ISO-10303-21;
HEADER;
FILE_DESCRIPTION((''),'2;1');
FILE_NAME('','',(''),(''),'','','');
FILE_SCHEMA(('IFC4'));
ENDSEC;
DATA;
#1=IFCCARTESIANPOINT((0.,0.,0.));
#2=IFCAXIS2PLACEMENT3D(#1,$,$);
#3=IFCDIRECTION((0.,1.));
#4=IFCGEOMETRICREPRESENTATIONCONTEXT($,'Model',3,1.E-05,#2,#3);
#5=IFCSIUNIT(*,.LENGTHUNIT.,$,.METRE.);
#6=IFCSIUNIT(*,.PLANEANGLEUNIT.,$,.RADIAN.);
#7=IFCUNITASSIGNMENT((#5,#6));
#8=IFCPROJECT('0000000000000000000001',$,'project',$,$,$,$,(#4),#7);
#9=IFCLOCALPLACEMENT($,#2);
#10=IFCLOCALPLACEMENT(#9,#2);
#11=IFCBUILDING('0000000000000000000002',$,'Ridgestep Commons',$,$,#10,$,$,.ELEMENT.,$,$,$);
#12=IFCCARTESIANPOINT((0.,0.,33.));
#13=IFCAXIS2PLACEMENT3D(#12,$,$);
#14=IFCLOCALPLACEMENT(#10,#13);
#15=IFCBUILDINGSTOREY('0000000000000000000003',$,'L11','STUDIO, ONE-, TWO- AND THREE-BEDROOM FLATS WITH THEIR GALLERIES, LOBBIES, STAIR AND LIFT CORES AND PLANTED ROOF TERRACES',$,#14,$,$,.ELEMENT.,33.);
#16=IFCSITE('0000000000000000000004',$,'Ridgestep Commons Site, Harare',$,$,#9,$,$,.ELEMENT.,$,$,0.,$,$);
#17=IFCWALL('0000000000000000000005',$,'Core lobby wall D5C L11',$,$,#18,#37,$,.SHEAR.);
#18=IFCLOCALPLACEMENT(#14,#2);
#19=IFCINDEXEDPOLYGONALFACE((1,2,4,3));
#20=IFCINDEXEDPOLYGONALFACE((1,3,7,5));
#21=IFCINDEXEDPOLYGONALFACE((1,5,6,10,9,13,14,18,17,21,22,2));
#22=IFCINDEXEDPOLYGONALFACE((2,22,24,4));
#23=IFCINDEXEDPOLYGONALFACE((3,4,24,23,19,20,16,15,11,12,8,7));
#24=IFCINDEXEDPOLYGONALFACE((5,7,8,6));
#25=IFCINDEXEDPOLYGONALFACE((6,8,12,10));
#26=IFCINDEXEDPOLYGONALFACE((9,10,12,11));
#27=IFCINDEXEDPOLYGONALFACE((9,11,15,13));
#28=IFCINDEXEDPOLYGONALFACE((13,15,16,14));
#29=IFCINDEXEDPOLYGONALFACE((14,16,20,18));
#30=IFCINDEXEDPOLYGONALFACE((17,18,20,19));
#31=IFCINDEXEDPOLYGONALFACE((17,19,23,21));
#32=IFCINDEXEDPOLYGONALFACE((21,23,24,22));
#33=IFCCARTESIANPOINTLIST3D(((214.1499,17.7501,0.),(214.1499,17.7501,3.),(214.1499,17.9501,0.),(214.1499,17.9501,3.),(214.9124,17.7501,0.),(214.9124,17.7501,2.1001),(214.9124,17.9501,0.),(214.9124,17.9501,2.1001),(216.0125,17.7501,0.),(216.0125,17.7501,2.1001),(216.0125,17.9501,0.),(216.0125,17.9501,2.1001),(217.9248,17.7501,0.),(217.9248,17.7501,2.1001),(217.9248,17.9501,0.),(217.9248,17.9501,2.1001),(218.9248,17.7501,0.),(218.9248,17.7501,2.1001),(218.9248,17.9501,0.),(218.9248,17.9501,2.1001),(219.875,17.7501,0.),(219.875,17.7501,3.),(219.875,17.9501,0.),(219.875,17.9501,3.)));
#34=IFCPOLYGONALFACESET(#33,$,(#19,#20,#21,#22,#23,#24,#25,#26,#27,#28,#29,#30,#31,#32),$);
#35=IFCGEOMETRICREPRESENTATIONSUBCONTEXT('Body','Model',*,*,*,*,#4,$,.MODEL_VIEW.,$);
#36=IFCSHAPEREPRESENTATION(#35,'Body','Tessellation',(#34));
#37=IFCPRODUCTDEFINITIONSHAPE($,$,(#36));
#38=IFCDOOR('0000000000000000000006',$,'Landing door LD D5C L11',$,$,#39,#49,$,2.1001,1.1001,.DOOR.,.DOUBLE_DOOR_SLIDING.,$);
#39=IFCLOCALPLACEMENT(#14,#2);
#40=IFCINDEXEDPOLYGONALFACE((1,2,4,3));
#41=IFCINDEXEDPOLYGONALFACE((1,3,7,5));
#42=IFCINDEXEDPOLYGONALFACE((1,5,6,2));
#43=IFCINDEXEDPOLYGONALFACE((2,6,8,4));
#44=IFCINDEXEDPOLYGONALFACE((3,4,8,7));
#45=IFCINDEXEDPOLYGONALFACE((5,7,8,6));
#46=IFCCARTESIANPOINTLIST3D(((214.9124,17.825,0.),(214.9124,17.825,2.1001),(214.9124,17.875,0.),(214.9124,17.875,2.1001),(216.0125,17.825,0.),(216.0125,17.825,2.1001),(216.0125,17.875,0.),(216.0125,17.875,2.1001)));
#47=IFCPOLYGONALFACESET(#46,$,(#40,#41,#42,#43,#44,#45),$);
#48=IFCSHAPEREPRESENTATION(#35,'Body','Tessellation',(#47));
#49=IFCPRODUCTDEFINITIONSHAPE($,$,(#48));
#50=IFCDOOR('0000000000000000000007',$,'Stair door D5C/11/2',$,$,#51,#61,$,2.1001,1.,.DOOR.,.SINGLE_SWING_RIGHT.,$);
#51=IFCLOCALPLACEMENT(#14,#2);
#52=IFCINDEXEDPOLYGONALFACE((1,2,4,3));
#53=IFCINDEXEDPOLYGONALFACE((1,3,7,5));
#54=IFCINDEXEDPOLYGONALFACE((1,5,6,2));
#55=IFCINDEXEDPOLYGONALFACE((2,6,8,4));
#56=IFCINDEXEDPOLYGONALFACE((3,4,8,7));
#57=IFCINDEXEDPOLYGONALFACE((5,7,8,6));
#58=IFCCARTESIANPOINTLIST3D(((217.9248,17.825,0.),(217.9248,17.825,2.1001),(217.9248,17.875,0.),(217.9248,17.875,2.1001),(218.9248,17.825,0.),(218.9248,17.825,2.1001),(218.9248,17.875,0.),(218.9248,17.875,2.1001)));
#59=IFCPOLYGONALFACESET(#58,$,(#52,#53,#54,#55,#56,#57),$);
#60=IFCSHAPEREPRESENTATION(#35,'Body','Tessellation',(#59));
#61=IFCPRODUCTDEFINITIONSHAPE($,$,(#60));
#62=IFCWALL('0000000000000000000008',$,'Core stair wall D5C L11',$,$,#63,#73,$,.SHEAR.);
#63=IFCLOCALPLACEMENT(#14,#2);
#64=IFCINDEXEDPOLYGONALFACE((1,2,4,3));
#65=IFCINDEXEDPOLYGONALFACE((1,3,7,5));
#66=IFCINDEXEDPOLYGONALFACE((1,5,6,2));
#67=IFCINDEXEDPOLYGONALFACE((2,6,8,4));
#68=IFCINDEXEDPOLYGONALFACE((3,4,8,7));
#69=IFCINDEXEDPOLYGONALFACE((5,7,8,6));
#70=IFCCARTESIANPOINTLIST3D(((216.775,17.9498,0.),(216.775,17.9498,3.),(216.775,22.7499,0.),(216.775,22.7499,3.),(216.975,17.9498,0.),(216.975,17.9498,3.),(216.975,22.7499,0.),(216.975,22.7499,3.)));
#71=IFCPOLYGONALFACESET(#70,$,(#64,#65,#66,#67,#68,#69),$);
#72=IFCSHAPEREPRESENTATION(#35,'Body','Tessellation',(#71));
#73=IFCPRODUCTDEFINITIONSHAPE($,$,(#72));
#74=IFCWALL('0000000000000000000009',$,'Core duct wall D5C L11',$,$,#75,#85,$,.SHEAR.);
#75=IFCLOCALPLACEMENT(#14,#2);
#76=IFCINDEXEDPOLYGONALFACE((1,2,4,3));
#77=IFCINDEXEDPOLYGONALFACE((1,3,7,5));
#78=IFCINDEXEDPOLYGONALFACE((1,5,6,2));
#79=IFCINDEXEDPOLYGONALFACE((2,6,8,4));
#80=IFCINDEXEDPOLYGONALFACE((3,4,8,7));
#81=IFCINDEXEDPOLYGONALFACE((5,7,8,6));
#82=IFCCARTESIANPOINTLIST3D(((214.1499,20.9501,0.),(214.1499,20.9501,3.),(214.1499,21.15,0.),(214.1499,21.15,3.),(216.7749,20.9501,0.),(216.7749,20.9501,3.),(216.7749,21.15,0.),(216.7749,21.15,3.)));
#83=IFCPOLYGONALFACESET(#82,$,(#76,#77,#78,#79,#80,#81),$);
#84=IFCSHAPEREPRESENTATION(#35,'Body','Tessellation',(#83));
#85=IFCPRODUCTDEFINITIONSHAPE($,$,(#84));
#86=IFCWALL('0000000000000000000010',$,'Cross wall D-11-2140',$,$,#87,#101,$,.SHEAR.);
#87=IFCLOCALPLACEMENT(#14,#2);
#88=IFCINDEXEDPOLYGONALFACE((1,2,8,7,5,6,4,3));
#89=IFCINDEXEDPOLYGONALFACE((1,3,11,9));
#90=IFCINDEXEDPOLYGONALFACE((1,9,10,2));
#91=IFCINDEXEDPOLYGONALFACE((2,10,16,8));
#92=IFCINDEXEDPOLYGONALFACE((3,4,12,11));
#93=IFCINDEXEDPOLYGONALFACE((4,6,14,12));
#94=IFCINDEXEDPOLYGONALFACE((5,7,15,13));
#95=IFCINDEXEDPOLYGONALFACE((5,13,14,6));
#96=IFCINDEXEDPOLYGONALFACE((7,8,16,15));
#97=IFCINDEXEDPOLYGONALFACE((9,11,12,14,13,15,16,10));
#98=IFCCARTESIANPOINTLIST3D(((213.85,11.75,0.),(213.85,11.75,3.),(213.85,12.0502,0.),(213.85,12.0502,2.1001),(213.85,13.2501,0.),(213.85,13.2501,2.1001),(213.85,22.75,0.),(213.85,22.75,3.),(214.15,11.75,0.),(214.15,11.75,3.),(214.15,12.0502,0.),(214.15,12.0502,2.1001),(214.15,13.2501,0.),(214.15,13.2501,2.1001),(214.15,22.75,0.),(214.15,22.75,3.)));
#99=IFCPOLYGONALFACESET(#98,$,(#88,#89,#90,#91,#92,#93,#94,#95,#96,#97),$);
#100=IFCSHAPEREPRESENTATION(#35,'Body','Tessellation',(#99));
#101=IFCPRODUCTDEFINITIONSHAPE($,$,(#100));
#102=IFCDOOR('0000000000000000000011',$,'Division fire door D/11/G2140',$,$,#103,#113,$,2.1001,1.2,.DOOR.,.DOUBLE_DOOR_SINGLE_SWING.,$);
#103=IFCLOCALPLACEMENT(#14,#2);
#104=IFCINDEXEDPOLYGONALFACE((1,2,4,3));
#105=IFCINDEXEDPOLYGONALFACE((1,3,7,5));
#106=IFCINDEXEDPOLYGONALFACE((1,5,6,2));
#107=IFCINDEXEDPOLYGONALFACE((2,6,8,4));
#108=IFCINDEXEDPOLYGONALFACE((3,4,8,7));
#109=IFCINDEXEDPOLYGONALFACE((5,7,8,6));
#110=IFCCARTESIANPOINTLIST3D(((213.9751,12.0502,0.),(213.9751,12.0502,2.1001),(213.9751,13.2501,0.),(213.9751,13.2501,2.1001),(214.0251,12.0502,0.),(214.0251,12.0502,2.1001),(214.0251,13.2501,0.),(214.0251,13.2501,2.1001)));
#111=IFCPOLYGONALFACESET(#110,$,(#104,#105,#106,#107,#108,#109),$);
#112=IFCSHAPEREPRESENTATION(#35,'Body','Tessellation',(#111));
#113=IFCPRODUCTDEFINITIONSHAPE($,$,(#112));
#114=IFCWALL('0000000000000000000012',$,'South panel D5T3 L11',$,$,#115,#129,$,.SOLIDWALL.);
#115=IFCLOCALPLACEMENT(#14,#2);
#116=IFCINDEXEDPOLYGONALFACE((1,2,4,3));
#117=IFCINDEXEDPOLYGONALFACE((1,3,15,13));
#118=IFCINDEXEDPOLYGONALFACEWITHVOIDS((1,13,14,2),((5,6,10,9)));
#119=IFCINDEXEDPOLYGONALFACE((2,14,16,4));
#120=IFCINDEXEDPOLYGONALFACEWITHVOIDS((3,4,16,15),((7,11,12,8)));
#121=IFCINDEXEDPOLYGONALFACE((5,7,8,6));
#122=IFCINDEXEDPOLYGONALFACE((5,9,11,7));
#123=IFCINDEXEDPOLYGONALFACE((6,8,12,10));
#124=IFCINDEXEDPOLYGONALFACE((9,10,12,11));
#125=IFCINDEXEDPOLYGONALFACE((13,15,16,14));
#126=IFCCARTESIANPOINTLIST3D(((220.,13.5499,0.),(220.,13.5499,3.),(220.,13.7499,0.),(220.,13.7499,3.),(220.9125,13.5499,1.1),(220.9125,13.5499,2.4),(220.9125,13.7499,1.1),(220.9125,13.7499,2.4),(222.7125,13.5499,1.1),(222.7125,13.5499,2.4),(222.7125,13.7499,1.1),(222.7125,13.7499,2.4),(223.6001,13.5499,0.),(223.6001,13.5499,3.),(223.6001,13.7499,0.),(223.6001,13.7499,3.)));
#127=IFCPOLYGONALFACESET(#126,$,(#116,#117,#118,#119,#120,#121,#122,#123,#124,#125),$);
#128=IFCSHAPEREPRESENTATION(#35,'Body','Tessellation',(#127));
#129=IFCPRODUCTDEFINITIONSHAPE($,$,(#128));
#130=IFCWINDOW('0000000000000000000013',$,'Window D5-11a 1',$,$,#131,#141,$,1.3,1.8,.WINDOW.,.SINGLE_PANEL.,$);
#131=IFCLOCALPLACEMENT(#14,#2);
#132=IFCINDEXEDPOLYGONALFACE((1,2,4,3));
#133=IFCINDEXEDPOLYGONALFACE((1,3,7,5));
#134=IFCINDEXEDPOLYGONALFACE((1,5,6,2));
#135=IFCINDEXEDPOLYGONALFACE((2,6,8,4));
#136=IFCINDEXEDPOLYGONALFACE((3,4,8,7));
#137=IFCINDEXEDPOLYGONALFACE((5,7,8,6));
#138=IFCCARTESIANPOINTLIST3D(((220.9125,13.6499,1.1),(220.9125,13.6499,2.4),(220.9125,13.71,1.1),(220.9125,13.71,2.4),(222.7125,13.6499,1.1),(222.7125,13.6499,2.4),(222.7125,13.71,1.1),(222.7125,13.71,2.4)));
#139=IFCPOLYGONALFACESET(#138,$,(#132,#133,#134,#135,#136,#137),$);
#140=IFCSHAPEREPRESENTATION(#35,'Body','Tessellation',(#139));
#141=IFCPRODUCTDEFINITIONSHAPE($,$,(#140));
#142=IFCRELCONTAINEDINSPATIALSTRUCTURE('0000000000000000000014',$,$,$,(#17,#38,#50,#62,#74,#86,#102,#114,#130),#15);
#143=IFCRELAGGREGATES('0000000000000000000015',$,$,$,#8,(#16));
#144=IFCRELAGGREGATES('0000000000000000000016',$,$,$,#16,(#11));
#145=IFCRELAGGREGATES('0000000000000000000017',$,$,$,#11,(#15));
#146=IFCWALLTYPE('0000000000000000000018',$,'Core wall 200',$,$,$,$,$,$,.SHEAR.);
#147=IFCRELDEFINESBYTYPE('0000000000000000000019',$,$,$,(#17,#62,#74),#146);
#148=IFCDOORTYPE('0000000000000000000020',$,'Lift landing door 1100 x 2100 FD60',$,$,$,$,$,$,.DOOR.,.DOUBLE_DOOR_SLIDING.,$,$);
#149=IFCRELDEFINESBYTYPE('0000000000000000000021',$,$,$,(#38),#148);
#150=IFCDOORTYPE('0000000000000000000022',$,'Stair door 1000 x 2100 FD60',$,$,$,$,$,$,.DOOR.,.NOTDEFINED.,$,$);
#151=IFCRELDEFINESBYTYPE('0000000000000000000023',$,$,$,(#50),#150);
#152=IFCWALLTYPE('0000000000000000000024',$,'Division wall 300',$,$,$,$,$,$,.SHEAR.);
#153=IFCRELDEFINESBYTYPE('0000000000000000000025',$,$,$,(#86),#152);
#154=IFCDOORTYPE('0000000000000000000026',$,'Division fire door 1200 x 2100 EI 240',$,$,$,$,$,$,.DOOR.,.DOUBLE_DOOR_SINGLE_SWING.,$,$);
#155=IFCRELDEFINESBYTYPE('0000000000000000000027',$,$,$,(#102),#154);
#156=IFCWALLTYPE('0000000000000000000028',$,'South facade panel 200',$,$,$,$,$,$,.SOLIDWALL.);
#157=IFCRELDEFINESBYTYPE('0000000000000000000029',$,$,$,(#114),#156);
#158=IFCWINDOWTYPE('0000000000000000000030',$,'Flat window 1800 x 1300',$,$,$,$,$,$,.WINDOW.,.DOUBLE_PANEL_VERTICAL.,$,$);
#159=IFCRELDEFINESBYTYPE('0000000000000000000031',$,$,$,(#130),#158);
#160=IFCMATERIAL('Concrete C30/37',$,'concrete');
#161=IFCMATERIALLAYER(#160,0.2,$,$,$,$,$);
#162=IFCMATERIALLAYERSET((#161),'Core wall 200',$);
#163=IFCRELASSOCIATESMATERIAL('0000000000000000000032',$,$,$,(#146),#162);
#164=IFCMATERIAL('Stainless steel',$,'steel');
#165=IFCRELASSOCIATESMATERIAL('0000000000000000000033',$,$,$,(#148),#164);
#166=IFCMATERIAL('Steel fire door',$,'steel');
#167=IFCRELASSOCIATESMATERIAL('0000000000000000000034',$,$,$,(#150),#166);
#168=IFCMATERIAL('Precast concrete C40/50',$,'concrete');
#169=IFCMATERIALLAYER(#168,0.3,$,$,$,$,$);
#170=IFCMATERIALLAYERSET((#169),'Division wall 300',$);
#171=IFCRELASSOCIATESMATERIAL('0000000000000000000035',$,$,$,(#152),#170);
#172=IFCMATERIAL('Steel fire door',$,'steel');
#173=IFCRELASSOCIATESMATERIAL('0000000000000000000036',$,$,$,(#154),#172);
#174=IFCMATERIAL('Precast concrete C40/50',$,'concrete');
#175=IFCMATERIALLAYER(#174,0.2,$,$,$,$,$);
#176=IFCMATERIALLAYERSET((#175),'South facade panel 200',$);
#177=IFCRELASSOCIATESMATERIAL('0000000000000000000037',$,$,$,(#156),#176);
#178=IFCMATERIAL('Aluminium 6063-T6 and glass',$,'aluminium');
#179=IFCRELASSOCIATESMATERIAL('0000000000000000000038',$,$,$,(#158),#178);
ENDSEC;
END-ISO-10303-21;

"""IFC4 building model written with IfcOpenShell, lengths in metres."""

from ifc_helpers import new_model, si_unit, direction, frame, frame_2d, origin, place, context, subcontext, project, spatial, rectangle, extrude, material, layer, layer_set, type_object, element, fill, save


model = new_model("IFC4")

# Units and contexts
model_context = context("Model", 3, precision=1e-05, world=origin(), true_north=direction((0.0, 1.0)))
body_context = subcontext(model_context, "Body", "Model", "MODEL_VIEW")
ifc_project = project(units=[si_unit("LENGTHUNIT", "METRE"), si_unit("PLANEANGLEUNIT", "RADIAN")], contexts=[model_context])

# Site, building, storey
site_placement = place(None, origin())
site = spatial("IfcSite", under=ifc_project, at=site_placement, Name="Ridgestep Commons Site, Harare", CompositionType="ELEMENT", RefElevation=0.0)
building_placement = place(site_placement, origin())
building = spatial("IfcBuilding", under=site, at=building_placement, Name="Ridgestep Commons", CompositionType="ELEMENT")
storey_placement = place(building_placement, frame((0.0, 0.0, 33.0)))
storey = spatial("IfcBuildingStorey", under=building, at=storey_placement, Name="L11", Description="STUDIO, ONE-, TWO- AND THREE-BEDROOM FLATS WITH THEIR GALLERIES, LOBBIES, STAIR AND LIFT CORES AND PLANTED ROOF TERRACES", CompositionType="ELEMENT", Elevation=33.0)

# Wall, openings, doors
ifc_material_1 = material(Name="Concrete C30/37", Category="concrete")
ifc_layer_1 = layer(ifc_material_1, 0.2)
ifc_layer_set_1 = layer_set([ifc_layer_1], Name="Core wall 200")
wall_type_1 = type_object("IfcWallType", Name="Core wall 200", PredefinedType="SHEAR", material=ifc_layer_set_1)
wall_1_placement = place(storey_placement, frame((214.1499, 17.8501, 0.0), z_axis=(0.0, 0.0, 1.0), x_axis=(1.0, 0.0, 0.0)))
wall_1 = element("IfcWall", 1, at=wall_1_placement, inside=storey, type_object=wall_type_1, Name="Core lobby wall D5C L11", PredefinedType="SHEAR", context=body_context, shape_type="SweptSolid", body=[
    extrude(rectangle(XDim=5.7251, YDim=0.2, at=frame_2d((2.8625, 0.0))), origin(), (0.0, 0.0, 1.0), 3.0),
])
opening_1_placement = place(wall_1_placement, frame((3.7749, 0.0, 0.0)))
opening_1 = element("IfcOpeningElement", 2, at=opening_1_placement, cuts=wall_1, PredefinedType="OPENING", context=body_context, shape_type="SweptSolid", body=[
    extrude(rectangle(XDim=1.0, YDim=2.1001, at=frame_2d((0.5, 1.05))), frame((0.0, 0.1099, 0.0), z_axis=(0.0, -1.0, 0.0), x_axis=(1.0, 0.0, 0.0)), (0.0, 0.0, 1.0), 0.22),
])
opening_2_placement = place(wall_1_placement, frame((0.7625, 0.0, 0.0)))
opening_2 = element("IfcOpeningElement", 3, at=opening_2_placement, cuts=wall_1, PredefinedType="OPENING", context=body_context, shape_type="SweptSolid", body=[
    extrude(rectangle(XDim=1.1001, YDim=2.1001, at=frame_2d((0.55, 1.05))), frame((0.0, 0.1099, 0.0), z_axis=(0.0, -1.0, 0.0), x_axis=(1.0, 0.0, 0.0)), (0.0, 0.0, 1.0), 0.22),
])
ifc_material_2 = material(Name="Stainless steel", Category="steel")
door_type_1 = type_object("IfcDoorType", Name="Lift landing door 1100 x 2100 FD60", OperationType="DOUBLE_DOOR_SLIDING", PredefinedType="DOOR", material=ifc_material_2)
door_1_placement = place(opening_2_placement, origin())
door_1 = element("IfcDoor", 4, at=door_1_placement, inside=storey, type_object=door_type_1, Name="Landing door LD D5C L11", OperationType="DOUBLE_DOOR_SLIDING", OverallHeight=2.1001, OverallWidth=1.1001, PredefinedType="DOOR", context=body_context, shape_type="SweptSolid", body=[
    extrude(rectangle(XDim=1.1001, YDim=2.1001, at=frame_2d((0.55, 1.05))), frame((0.0, 0.0249, 0.0), z_axis=(0.0, -1.0, 0.0), x_axis=(1.0, 0.0, 0.0)), (0.0, 0.0, 1.0), 0.05),
])
fill(opening_2, door_1)
ifc_material_3 = material(Name="Steel fire door", Category="steel")
door_type_2 = type_object("IfcDoorType", Name="Stair door 1000 x 2100 FD60", OperationType="NOTDEFINED", PredefinedType="DOOR", material=ifc_material_3)
door_2_placement = place(opening_1_placement, origin())
door_2 = element("IfcDoor", 5, at=door_2_placement, inside=storey, type_object=door_type_2, Name="Stair door D5C/11/2", OperationType="SINGLE_SWING_RIGHT", OverallHeight=2.1001, OverallWidth=1.0, PredefinedType="DOOR", context=body_context, shape_type="SweptSolid", body=[
    extrude(rectangle(XDim=1.0, YDim=2.1001, at=frame_2d((0.5, 1.05))), frame((0.0, 0.0249, 0.0), z_axis=(0.0, -1.0, 0.0), x_axis=(1.0, 0.0, 0.0)), (0.0, 0.0, 1.0), 0.05),
])
fill(opening_1, door_2)

# Walls
wall_2_placement = place(storey_placement, frame((216.875, 17.95, 0.0), z_axis=(0.0, 0.0, 1.0), x_axis=(0.0, 1.0, 0.0)))
element("IfcWall", 6, at=wall_2_placement, inside=storey, type_object=wall_type_1, Name="Core stair wall D5C L11", PredefinedType="SHEAR", context=body_context, shape_type="SweptSolid", body=[
    extrude(rectangle(XDim=4.8, YDim=0.2, at=frame_2d((2.3999, 0.0))), origin(), (0.0, 0.0, 1.0), 3.0),
])
wall_3_placement = place(storey_placement, frame((214.1499, 21.05, 0.0), z_axis=(0.0, 0.0, 1.0), x_axis=(1.0, 0.0, 0.0)))
element("IfcWall", 7, at=wall_3_placement, inside=storey, type_object=wall_type_1, Name="Core duct wall D5C L11", PredefinedType="SHEAR", context=body_context, shape_type="SweptSolid", body=[
    extrude(rectangle(XDim=2.625, YDim=0.2, at=frame_2d((1.3125, 0.0))), origin(), (0.0, 0.0, 1.0), 3.0),
])

# Wall, opening, door
ifc_material_4 = material(Name="Precast concrete C40/50", Category="concrete")
ifc_layer_2 = layer(ifc_material_4, 0.3)
ifc_layer_set_2 = layer_set([ifc_layer_2], Name="Division wall 300")
wall_type_2 = type_object("IfcWallType", Name="Division wall 300", PredefinedType="SHEAR", material=ifc_layer_set_2)
wall_4_placement = place(storey_placement, frame((214.0, 11.75, 0.0), z_axis=(0.0, 0.0, 1.0), x_axis=(0.0, 1.0, 0.0)))
wall_4 = element("IfcWall", 8, at=wall_4_placement, inside=storey, type_object=wall_type_2, Name="Cross wall D-11-2140", PredefinedType="SHEAR", context=body_context, shape_type="SweptSolid", body=[
    extrude(rectangle(XDim=11.0, YDim=0.3, at=frame_2d((5.5, 0.0))), origin(), (0.0, 0.0, 1.0), 3.0),
])
opening_3_placement = place(wall_4_placement, frame((0.3, 0.0, 0.0)))
opening_3 = element("IfcOpeningElement", 9, at=opening_3_placement, cuts=wall_4, PredefinedType="OPENING", context=body_context, shape_type="SweptSolid", body=[
    extrude(rectangle(XDim=1.2, YDim=2.1001, at=frame_2d((0.6001, 1.05))), frame((0.0, 0.1599, 0.0), z_axis=(0.0, -1.0, 0.0), x_axis=(1.0, 0.0, 0.0)), (0.0, 0.0, 1.0), 0.3201),
])
ifc_material_5 = material(Name="Steel fire door", Category="steel")
door_type_3 = type_object("IfcDoorType", Name="Division fire door 1200 x 2100 EI 240", OperationType="DOUBLE_DOOR_SINGLE_SWING", PredefinedType="DOOR", material=ifc_material_5)
door_3_placement = place(opening_3_placement, origin())
door_3 = element("IfcDoor", 10, at=door_3_placement, inside=storey, type_object=door_type_3, Name="Division fire door D/11/G2140", OperationType="DOUBLE_DOOR_SINGLE_SWING", OverallHeight=2.1001, OverallWidth=1.2, PredefinedType="DOOR", context=body_context, shape_type="SweptSolid", body=[
    extrude(rectangle(XDim=1.2, YDim=2.1001, at=frame_2d((0.6001, 1.05))), frame((0.0, 0.0249, 0.0), z_axis=(0.0, -1.0, 0.0), x_axis=(1.0, 0.0, 0.0)), (0.0, 0.0, 1.0), 0.05),
])
fill(opening_3, door_3)

# Wall, opening, window
ifc_material_6 = material(Name="Precast concrete C40/50", Category="concrete")
ifc_layer_3 = layer(ifc_material_6, 0.2)
ifc_layer_set_3 = layer_set([ifc_layer_3], Name="South facade panel 200")
wall_type_3 = type_object("IfcWallType", Name="South facade panel 200", PredefinedType="SOLIDWALL", material=ifc_layer_set_3)
wall_5_placement = place(storey_placement, frame((220.0, 13.6499, 0.0), z_axis=(0.0, 0.0, 1.0), x_axis=(1.0, 0.0, 0.0)))
wall_5 = element("IfcWall", 11, at=wall_5_placement, inside=storey, type_object=wall_type_3, Name="South panel D5T3 L11", PredefinedType="SOLIDWALL", context=body_context, shape_type="SweptSolid", body=[
    extrude(rectangle(XDim=3.6001, YDim=0.2, at=frame_2d((1.8, 0.0))), origin(), (0.0, 0.0, 1.0), 3.0),
])
opening_4_placement = place(wall_5_placement, frame((0.9126, 0.0, 1.1001)))
opening_4 = element("IfcOpeningElement", 12, at=opening_4_placement, cuts=wall_5, PredefinedType="OPENING", context=body_context, shape_type="SweptSolid", body=[
    extrude(rectangle(XDim=1.8, YDim=1.3, at=frame_2d((0.8999, 0.6499))), frame((0.0, 0.1099, 0.0), z_axis=(0.0, -1.0, 0.0), x_axis=(1.0, 0.0, 0.0)), (0.0, 0.0, 1.0), 0.22),
])
ifc_material_7 = material(Name="Aluminium 6063-T6 and glass", Category="aluminium")
window_type = type_object("IfcWindowType", Name="Flat window 1800 x 1300", PartitioningType="DOUBLE_PANEL_VERTICAL", PredefinedType="WINDOW", material=ifc_material_7)
window_placement = place(opening_4_placement, origin())
window = element("IfcWindow", 13, at=window_placement, inside=storey, type_object=window_type, Name="Window D5-11a 1", OverallHeight=1.3, OverallWidth=1.8, PartitioningType="SINGLE_PANEL", PredefinedType="WINDOW", context=body_context, shape_type="SweptSolid", body=[
    extrude(rectangle(XDim=1.8, YDim=1.3, at=frame_2d((0.8999, 0.6499))), frame((0.0, 0.0601, 0.0), z_axis=(0.0, -1.0, 0.0), x_axis=(1.0, 0.0, 0.0)), (0.0, 0.0, 1.0), 0.0601),
])
fill(opening_4, window)

save(model, "model.ifc")
